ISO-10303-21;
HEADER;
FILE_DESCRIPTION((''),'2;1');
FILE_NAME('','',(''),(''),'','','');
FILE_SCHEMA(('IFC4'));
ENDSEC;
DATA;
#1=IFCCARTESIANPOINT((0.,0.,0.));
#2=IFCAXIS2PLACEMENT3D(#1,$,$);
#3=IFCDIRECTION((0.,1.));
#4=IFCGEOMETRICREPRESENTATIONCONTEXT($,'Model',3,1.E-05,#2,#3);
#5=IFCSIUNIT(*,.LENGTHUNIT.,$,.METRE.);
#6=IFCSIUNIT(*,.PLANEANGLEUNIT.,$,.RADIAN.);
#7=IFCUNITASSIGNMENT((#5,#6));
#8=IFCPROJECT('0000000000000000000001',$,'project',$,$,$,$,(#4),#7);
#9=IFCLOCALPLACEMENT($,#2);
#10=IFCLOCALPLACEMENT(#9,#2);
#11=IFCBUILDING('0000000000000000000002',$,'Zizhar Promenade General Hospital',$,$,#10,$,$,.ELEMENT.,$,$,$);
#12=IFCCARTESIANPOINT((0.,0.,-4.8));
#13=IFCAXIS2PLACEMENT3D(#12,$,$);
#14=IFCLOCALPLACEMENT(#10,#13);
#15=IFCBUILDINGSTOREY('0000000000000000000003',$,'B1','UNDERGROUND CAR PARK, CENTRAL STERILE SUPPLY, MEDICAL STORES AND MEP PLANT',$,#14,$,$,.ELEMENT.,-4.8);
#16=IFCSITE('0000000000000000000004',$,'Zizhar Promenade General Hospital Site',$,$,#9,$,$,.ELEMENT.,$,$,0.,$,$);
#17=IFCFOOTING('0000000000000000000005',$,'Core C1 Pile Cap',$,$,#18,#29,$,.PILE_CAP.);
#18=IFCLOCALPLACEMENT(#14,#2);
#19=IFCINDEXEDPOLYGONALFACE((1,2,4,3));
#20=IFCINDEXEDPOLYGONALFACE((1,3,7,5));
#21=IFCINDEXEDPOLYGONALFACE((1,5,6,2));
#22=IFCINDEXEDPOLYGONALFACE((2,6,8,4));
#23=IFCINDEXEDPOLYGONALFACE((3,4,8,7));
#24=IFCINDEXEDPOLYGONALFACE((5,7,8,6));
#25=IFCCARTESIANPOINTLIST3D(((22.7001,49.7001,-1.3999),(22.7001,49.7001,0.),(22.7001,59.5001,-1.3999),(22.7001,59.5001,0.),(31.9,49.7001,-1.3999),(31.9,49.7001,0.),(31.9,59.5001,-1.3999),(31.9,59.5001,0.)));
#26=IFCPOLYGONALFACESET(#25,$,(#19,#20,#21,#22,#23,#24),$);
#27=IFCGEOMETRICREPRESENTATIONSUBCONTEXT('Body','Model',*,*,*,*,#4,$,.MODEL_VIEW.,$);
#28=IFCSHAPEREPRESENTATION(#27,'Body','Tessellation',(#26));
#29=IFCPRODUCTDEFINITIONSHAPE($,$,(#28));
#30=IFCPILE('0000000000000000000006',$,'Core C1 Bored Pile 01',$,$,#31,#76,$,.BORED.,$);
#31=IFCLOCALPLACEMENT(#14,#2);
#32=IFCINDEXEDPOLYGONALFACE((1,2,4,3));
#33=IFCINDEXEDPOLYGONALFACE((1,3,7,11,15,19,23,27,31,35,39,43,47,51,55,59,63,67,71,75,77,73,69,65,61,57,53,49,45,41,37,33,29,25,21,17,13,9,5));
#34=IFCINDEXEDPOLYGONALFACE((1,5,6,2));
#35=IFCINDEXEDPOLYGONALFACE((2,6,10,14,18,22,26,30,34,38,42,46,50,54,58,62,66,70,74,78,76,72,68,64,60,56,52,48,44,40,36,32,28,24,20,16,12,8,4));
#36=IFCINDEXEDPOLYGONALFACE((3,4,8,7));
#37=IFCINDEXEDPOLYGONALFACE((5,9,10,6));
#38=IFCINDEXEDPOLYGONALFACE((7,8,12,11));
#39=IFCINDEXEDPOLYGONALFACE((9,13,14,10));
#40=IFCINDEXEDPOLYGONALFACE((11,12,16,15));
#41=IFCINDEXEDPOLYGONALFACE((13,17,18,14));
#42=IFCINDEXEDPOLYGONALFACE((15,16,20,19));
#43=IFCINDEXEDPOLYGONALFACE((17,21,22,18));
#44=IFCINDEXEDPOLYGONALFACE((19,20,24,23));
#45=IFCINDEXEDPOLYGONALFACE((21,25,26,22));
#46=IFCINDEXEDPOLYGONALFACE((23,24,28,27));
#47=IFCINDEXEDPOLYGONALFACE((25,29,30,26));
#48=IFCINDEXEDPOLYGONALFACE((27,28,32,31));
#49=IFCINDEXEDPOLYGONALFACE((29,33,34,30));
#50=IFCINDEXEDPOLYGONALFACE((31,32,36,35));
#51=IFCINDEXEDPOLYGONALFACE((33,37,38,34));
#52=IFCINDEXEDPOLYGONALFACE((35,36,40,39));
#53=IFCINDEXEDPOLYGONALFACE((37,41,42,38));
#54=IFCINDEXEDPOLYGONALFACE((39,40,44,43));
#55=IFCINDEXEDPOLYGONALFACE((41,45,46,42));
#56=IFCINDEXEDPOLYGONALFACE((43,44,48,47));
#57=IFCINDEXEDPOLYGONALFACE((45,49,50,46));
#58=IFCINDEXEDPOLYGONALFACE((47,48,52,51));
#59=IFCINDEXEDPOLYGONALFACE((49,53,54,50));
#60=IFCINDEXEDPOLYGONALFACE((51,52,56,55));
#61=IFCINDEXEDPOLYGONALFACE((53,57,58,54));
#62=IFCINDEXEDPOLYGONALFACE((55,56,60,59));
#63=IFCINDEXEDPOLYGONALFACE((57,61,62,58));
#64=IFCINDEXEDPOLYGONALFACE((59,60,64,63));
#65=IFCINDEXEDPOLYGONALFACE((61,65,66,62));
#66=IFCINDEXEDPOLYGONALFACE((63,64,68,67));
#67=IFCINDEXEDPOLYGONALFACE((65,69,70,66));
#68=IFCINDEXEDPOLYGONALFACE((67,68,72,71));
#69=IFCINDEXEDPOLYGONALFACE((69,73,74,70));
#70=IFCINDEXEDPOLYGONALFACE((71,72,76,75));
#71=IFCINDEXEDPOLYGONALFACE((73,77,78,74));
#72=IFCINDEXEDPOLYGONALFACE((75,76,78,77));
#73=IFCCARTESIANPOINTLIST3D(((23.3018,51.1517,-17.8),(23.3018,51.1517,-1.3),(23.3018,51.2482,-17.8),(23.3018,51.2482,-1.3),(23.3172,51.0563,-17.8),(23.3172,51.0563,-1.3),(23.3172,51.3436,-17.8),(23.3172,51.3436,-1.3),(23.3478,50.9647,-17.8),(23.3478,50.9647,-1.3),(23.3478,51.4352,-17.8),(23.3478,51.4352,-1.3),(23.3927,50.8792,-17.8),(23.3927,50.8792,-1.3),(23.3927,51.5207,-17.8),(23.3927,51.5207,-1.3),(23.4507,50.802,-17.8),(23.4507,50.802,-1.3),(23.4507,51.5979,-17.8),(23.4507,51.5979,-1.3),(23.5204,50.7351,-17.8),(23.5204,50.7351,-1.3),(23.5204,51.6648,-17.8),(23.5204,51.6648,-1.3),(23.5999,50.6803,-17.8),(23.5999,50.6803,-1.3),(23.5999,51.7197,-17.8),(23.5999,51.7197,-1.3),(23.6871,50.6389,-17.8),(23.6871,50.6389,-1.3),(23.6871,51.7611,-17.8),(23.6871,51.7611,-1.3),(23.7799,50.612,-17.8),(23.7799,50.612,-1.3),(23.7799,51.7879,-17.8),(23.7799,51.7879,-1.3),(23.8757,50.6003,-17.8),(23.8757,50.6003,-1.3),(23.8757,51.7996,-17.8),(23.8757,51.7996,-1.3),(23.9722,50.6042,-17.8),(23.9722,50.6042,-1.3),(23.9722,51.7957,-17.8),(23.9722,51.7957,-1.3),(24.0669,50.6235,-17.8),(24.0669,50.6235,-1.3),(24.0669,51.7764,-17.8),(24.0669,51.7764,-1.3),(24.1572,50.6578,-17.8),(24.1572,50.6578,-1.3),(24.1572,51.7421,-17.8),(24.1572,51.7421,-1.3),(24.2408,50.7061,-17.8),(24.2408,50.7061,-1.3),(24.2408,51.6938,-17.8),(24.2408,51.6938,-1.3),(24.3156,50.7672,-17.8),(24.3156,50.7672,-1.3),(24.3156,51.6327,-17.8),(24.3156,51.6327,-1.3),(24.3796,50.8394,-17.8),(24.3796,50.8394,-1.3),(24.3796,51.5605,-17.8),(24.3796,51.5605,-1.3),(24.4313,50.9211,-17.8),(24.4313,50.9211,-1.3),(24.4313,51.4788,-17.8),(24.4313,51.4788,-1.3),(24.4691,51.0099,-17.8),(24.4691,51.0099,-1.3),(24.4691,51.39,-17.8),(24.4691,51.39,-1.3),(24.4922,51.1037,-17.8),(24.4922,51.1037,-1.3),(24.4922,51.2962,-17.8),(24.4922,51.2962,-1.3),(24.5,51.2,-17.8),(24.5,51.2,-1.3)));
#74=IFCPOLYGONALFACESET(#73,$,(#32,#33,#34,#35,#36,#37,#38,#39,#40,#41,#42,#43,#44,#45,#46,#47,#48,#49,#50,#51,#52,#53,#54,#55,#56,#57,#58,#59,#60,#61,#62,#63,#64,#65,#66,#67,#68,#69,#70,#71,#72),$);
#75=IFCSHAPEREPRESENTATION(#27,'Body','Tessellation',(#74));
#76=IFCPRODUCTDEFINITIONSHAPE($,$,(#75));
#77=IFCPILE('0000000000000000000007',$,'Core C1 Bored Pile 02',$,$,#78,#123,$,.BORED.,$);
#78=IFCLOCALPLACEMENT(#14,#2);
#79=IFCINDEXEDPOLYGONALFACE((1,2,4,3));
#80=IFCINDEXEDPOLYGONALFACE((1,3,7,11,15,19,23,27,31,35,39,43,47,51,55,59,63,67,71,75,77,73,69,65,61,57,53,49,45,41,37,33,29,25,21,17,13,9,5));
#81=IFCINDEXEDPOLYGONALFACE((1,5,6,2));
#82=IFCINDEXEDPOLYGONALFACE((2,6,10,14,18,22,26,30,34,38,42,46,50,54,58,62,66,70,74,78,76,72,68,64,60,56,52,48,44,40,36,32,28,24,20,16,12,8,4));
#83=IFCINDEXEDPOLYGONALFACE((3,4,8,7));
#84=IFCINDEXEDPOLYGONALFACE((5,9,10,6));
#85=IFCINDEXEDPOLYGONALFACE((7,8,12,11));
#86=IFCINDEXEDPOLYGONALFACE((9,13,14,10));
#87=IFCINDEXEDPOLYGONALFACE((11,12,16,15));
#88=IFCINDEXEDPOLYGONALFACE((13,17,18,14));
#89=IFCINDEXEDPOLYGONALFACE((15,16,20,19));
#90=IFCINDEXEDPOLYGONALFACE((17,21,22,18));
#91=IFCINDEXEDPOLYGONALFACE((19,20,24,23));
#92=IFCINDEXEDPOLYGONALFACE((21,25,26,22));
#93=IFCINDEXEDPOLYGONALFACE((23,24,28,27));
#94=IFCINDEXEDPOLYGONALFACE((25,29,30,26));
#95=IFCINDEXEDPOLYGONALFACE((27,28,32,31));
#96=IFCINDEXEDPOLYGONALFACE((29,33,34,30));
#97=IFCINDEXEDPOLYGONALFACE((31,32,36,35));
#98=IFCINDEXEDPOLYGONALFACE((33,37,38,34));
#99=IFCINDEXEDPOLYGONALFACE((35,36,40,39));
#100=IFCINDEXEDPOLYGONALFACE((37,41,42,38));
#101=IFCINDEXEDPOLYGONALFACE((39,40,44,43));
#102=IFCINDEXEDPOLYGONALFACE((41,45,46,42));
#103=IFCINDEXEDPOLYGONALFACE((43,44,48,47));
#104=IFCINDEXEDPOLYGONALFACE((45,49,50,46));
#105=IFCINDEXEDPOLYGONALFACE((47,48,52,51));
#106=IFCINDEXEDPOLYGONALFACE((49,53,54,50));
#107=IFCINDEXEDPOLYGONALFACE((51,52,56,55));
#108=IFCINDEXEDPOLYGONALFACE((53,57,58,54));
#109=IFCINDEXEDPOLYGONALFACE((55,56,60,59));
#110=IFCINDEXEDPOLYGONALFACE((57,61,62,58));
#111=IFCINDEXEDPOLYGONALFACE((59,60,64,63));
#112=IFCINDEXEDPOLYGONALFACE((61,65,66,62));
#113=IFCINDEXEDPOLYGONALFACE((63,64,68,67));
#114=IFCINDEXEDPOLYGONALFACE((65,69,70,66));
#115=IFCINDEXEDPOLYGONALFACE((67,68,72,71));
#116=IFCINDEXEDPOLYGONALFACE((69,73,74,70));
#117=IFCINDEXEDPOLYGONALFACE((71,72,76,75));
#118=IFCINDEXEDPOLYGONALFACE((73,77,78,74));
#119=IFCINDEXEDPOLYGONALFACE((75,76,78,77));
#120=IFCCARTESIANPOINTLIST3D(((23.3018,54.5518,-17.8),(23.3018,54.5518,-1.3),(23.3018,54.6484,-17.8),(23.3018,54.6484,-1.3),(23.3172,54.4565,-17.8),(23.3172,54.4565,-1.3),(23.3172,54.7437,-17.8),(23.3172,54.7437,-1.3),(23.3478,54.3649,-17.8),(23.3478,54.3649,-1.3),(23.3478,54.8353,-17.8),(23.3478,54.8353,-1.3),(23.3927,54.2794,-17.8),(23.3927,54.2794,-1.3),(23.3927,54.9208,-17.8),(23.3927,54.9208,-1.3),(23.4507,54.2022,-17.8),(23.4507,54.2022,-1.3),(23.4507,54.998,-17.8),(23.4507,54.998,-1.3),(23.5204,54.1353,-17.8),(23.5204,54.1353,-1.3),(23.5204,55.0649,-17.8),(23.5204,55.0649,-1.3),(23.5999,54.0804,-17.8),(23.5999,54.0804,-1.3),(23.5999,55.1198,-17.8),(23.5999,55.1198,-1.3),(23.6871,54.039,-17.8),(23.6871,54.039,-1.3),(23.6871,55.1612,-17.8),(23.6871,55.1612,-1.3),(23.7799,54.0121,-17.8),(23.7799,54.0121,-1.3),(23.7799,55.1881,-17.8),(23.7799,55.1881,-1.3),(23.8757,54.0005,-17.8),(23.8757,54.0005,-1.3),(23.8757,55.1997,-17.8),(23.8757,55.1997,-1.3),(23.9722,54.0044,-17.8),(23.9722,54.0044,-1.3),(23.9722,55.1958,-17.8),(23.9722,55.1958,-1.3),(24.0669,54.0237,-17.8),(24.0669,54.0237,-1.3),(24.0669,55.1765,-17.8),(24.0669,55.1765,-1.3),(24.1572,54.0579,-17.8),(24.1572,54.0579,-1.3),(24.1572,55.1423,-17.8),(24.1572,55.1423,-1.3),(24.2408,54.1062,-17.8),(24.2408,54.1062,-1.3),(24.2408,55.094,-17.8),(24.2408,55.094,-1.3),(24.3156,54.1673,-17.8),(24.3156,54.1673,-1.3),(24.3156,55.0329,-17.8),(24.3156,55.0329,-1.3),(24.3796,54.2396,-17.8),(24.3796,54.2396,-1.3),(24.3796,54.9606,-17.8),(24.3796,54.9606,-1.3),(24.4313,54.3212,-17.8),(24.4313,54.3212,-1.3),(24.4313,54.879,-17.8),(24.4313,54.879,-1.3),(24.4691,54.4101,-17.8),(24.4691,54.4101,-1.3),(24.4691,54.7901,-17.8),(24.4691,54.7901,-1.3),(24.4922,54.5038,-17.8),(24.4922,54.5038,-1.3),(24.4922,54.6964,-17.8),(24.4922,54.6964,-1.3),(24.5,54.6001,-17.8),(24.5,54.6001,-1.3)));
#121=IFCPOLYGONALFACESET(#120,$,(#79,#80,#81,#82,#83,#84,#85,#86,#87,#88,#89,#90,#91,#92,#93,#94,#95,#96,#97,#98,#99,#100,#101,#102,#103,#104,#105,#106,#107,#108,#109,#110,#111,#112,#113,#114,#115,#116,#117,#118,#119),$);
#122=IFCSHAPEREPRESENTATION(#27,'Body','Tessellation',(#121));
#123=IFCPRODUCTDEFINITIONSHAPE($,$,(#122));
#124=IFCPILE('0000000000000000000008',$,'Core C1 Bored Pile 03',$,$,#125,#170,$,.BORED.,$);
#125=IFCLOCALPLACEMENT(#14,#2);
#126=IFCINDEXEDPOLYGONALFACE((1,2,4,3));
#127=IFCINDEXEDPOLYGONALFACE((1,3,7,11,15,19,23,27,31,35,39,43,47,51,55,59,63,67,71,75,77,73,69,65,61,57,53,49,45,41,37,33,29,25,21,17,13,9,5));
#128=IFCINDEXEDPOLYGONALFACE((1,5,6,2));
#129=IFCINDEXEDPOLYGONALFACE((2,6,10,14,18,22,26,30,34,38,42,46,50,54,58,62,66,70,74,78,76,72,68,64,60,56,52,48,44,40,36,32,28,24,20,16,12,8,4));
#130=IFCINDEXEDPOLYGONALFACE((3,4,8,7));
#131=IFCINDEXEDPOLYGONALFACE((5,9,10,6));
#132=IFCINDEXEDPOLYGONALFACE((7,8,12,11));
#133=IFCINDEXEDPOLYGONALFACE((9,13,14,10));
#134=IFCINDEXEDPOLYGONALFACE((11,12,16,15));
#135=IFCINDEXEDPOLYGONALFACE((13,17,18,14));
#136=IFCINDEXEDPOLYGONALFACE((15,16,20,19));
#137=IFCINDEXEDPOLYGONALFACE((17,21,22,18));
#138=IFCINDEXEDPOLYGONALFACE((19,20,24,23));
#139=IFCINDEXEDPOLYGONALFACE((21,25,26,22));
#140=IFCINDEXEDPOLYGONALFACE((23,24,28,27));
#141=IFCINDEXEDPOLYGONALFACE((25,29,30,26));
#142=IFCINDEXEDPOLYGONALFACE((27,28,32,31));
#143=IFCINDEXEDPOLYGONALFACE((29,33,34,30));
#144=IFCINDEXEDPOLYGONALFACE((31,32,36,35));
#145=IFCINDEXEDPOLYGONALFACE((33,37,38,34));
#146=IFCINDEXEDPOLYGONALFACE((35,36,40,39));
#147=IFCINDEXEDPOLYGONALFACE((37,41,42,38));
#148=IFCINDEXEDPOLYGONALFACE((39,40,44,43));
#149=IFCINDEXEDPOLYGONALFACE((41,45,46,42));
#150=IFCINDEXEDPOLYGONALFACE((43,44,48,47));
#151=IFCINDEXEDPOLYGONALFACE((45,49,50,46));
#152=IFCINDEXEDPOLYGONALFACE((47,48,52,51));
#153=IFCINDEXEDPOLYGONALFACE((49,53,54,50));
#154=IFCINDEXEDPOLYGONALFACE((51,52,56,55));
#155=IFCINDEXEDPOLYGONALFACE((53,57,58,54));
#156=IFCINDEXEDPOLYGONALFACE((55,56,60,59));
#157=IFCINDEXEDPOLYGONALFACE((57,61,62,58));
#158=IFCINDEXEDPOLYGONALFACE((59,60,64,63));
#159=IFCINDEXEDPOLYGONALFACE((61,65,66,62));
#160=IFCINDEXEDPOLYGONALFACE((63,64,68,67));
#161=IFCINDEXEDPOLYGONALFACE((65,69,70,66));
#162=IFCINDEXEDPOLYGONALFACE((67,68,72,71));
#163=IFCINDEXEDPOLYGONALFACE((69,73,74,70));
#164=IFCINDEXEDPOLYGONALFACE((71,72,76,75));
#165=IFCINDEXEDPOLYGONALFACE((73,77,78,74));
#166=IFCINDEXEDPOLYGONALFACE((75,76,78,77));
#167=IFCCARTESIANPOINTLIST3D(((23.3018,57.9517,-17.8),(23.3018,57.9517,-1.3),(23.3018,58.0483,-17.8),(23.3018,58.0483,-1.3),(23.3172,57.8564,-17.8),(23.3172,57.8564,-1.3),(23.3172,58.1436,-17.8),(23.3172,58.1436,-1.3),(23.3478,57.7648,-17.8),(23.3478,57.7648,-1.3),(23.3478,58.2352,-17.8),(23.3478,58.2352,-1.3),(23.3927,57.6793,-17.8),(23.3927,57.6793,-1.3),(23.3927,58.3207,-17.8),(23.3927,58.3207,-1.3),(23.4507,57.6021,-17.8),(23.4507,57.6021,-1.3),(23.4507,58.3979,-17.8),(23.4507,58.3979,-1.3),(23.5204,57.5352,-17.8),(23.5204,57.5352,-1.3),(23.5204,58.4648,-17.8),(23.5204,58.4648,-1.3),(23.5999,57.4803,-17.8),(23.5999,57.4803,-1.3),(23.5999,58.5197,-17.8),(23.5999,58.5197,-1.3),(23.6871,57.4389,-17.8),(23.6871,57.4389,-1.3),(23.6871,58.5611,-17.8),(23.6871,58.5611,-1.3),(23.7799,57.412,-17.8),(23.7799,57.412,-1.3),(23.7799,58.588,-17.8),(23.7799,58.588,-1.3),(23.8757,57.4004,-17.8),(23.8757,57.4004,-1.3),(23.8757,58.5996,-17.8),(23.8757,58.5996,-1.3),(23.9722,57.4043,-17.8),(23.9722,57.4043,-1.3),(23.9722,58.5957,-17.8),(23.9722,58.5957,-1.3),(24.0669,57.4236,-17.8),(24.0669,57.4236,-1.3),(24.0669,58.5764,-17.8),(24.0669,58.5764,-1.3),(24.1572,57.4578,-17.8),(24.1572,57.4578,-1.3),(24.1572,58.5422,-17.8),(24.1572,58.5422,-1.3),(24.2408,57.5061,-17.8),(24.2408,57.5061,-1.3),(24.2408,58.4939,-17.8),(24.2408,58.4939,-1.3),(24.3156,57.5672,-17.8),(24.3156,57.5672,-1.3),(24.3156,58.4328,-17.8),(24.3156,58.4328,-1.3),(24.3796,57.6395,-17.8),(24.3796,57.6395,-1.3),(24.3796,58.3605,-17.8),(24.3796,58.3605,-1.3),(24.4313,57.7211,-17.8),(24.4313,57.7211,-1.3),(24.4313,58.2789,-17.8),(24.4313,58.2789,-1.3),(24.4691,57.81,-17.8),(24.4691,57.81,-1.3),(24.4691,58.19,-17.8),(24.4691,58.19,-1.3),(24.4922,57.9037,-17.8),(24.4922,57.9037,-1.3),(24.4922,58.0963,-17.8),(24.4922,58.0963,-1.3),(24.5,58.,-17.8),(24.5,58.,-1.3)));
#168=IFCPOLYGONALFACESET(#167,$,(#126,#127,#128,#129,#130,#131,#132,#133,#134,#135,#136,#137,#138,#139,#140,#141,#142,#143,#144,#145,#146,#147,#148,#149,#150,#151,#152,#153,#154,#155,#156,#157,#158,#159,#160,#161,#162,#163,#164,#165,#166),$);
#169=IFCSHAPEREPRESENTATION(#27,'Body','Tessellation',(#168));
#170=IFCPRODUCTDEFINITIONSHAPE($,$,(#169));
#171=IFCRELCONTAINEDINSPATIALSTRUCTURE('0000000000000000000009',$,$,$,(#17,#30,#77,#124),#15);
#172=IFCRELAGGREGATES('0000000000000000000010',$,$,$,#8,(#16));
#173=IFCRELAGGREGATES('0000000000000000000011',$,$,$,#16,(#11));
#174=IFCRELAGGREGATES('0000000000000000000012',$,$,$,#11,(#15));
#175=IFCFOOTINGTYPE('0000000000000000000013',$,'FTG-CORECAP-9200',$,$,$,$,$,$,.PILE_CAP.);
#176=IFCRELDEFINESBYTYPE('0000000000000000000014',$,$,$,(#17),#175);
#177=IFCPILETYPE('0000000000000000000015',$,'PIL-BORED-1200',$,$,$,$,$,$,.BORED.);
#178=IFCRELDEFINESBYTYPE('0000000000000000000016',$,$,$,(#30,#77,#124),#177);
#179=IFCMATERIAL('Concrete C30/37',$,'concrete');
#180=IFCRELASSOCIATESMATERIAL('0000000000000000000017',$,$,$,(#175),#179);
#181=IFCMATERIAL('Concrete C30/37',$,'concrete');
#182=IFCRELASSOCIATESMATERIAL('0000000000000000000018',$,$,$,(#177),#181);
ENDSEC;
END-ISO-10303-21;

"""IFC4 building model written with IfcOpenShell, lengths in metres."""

from ifc_helpers import new_model, si_unit, direction, frame, origin, origin_2d, place, context, subcontext, project, spatial, rectangle, circle, extrude, material, material_profile, profile_set, type_object, element, save


model = new_model("IFC4")

# Units and contexts
model_context = context("Model", 3, precision=1e-05, world=origin(), true_north=direction((0.0, 1.0)))
body_context = subcontext(model_context, "Body", "Model", "MODEL_VIEW")
ifc_project = project(units=[si_unit("LENGTHUNIT", "METRE"), si_unit("PLANEANGLEUNIT", "RADIAN")], contexts=[model_context])

# Site, building, storey
site_placement = place(None, origin())
site = spatial("IfcSite", under=ifc_project, at=site_placement, Name="Zizhar Promenade General Hospital Site", CompositionType="ELEMENT", RefElevation=0.0)
building_placement = place(site_placement, origin())
building = spatial("IfcBuilding", under=site, at=building_placement, Name="Zizhar Promenade General Hospital", CompositionType="ELEMENT")
storey_placement = place(building_placement, frame((0.0, 0.0, -4.8)))
storey = spatial("IfcBuildingStorey", under=building, at=storey_placement, Name="B1", Description="UNDERGROUND CAR PARK, CENTRAL STERILE SUPPLY, MEDICAL STORES AND MEP PLANT", CompositionType="ELEMENT", Elevation=-4.8)

# Footing
ifc_material_1 = material(Name="Concrete C30/37", Category="concrete")
footing_type = type_object("IfcFootingType", Name="FTG-CORECAP-9200", PredefinedType="PILE_CAP", material=ifc_material_1)
footing_placement = place(storey_placement, frame((27.3, 54.6001, -1.3999), z_axis=(0.0, 0.0, 1.0), x_axis=(1.0, 0.0, 0.0)))
element("IfcFooting", 1, at=footing_placement, inside=storey, type_object=footing_type, Name="Core C1 Pile Cap", PredefinedType="PILE_CAP", context=body_context, shape_type="SweptSolid", body=[
    extrude(rectangle(XDim=9.2, YDim=9.8, at=origin_2d()), origin(), (0.0, 0.0, 1.0), 1.3999),
])

# Piles
ifc_material_2 = material(Name="Concrete C30/37", Category="concrete")
ifc_material_profile_1 = material_profile(ifc_material_2, circle(Radius=0.6001, at=origin_2d()))
ifc_profile_set_1 = profile_set([ifc_material_profile_1], Name="Concrete C30/37")
pile_type = type_object("IfcPileType", Name="PIL-BORED-1200", PredefinedType="BORED", material=ifc_profile_set_1)
for number, where, z_axis, x_axis, name in (
    (2, (23.8999, 51.2, -1.3), (0.0, 0.0, -1.0), (1.0, 0.0, 0.0), "Core C1 Bored Pile 01"),
    (3, (23.8999, 54.6001, -1.3), (0.0, 0.0, -1.0), (1.0, 0.0, 0.0), "Core C1 Bored Pile 02"),
    (4, (23.8999, 58.0, -1.3), (0.0, 0.0, -1.0), (1.0, 0.0, 0.0), "Core C1 Bored Pile 03"),
):
    element("IfcPile", number, at=place(storey_placement, frame(where, z_axis=z_axis, x_axis=x_axis)), inside=storey, type_object=pile_type, Name=name, PredefinedType="BORED", context=body_context, shape_type="SweptSolid", body=[
        extrude(circle(Radius=0.6001, at=origin_2d()), origin(), (0.0, 0.0, 1.0), 16.5),
    ])

save(model, "model.ifc")
